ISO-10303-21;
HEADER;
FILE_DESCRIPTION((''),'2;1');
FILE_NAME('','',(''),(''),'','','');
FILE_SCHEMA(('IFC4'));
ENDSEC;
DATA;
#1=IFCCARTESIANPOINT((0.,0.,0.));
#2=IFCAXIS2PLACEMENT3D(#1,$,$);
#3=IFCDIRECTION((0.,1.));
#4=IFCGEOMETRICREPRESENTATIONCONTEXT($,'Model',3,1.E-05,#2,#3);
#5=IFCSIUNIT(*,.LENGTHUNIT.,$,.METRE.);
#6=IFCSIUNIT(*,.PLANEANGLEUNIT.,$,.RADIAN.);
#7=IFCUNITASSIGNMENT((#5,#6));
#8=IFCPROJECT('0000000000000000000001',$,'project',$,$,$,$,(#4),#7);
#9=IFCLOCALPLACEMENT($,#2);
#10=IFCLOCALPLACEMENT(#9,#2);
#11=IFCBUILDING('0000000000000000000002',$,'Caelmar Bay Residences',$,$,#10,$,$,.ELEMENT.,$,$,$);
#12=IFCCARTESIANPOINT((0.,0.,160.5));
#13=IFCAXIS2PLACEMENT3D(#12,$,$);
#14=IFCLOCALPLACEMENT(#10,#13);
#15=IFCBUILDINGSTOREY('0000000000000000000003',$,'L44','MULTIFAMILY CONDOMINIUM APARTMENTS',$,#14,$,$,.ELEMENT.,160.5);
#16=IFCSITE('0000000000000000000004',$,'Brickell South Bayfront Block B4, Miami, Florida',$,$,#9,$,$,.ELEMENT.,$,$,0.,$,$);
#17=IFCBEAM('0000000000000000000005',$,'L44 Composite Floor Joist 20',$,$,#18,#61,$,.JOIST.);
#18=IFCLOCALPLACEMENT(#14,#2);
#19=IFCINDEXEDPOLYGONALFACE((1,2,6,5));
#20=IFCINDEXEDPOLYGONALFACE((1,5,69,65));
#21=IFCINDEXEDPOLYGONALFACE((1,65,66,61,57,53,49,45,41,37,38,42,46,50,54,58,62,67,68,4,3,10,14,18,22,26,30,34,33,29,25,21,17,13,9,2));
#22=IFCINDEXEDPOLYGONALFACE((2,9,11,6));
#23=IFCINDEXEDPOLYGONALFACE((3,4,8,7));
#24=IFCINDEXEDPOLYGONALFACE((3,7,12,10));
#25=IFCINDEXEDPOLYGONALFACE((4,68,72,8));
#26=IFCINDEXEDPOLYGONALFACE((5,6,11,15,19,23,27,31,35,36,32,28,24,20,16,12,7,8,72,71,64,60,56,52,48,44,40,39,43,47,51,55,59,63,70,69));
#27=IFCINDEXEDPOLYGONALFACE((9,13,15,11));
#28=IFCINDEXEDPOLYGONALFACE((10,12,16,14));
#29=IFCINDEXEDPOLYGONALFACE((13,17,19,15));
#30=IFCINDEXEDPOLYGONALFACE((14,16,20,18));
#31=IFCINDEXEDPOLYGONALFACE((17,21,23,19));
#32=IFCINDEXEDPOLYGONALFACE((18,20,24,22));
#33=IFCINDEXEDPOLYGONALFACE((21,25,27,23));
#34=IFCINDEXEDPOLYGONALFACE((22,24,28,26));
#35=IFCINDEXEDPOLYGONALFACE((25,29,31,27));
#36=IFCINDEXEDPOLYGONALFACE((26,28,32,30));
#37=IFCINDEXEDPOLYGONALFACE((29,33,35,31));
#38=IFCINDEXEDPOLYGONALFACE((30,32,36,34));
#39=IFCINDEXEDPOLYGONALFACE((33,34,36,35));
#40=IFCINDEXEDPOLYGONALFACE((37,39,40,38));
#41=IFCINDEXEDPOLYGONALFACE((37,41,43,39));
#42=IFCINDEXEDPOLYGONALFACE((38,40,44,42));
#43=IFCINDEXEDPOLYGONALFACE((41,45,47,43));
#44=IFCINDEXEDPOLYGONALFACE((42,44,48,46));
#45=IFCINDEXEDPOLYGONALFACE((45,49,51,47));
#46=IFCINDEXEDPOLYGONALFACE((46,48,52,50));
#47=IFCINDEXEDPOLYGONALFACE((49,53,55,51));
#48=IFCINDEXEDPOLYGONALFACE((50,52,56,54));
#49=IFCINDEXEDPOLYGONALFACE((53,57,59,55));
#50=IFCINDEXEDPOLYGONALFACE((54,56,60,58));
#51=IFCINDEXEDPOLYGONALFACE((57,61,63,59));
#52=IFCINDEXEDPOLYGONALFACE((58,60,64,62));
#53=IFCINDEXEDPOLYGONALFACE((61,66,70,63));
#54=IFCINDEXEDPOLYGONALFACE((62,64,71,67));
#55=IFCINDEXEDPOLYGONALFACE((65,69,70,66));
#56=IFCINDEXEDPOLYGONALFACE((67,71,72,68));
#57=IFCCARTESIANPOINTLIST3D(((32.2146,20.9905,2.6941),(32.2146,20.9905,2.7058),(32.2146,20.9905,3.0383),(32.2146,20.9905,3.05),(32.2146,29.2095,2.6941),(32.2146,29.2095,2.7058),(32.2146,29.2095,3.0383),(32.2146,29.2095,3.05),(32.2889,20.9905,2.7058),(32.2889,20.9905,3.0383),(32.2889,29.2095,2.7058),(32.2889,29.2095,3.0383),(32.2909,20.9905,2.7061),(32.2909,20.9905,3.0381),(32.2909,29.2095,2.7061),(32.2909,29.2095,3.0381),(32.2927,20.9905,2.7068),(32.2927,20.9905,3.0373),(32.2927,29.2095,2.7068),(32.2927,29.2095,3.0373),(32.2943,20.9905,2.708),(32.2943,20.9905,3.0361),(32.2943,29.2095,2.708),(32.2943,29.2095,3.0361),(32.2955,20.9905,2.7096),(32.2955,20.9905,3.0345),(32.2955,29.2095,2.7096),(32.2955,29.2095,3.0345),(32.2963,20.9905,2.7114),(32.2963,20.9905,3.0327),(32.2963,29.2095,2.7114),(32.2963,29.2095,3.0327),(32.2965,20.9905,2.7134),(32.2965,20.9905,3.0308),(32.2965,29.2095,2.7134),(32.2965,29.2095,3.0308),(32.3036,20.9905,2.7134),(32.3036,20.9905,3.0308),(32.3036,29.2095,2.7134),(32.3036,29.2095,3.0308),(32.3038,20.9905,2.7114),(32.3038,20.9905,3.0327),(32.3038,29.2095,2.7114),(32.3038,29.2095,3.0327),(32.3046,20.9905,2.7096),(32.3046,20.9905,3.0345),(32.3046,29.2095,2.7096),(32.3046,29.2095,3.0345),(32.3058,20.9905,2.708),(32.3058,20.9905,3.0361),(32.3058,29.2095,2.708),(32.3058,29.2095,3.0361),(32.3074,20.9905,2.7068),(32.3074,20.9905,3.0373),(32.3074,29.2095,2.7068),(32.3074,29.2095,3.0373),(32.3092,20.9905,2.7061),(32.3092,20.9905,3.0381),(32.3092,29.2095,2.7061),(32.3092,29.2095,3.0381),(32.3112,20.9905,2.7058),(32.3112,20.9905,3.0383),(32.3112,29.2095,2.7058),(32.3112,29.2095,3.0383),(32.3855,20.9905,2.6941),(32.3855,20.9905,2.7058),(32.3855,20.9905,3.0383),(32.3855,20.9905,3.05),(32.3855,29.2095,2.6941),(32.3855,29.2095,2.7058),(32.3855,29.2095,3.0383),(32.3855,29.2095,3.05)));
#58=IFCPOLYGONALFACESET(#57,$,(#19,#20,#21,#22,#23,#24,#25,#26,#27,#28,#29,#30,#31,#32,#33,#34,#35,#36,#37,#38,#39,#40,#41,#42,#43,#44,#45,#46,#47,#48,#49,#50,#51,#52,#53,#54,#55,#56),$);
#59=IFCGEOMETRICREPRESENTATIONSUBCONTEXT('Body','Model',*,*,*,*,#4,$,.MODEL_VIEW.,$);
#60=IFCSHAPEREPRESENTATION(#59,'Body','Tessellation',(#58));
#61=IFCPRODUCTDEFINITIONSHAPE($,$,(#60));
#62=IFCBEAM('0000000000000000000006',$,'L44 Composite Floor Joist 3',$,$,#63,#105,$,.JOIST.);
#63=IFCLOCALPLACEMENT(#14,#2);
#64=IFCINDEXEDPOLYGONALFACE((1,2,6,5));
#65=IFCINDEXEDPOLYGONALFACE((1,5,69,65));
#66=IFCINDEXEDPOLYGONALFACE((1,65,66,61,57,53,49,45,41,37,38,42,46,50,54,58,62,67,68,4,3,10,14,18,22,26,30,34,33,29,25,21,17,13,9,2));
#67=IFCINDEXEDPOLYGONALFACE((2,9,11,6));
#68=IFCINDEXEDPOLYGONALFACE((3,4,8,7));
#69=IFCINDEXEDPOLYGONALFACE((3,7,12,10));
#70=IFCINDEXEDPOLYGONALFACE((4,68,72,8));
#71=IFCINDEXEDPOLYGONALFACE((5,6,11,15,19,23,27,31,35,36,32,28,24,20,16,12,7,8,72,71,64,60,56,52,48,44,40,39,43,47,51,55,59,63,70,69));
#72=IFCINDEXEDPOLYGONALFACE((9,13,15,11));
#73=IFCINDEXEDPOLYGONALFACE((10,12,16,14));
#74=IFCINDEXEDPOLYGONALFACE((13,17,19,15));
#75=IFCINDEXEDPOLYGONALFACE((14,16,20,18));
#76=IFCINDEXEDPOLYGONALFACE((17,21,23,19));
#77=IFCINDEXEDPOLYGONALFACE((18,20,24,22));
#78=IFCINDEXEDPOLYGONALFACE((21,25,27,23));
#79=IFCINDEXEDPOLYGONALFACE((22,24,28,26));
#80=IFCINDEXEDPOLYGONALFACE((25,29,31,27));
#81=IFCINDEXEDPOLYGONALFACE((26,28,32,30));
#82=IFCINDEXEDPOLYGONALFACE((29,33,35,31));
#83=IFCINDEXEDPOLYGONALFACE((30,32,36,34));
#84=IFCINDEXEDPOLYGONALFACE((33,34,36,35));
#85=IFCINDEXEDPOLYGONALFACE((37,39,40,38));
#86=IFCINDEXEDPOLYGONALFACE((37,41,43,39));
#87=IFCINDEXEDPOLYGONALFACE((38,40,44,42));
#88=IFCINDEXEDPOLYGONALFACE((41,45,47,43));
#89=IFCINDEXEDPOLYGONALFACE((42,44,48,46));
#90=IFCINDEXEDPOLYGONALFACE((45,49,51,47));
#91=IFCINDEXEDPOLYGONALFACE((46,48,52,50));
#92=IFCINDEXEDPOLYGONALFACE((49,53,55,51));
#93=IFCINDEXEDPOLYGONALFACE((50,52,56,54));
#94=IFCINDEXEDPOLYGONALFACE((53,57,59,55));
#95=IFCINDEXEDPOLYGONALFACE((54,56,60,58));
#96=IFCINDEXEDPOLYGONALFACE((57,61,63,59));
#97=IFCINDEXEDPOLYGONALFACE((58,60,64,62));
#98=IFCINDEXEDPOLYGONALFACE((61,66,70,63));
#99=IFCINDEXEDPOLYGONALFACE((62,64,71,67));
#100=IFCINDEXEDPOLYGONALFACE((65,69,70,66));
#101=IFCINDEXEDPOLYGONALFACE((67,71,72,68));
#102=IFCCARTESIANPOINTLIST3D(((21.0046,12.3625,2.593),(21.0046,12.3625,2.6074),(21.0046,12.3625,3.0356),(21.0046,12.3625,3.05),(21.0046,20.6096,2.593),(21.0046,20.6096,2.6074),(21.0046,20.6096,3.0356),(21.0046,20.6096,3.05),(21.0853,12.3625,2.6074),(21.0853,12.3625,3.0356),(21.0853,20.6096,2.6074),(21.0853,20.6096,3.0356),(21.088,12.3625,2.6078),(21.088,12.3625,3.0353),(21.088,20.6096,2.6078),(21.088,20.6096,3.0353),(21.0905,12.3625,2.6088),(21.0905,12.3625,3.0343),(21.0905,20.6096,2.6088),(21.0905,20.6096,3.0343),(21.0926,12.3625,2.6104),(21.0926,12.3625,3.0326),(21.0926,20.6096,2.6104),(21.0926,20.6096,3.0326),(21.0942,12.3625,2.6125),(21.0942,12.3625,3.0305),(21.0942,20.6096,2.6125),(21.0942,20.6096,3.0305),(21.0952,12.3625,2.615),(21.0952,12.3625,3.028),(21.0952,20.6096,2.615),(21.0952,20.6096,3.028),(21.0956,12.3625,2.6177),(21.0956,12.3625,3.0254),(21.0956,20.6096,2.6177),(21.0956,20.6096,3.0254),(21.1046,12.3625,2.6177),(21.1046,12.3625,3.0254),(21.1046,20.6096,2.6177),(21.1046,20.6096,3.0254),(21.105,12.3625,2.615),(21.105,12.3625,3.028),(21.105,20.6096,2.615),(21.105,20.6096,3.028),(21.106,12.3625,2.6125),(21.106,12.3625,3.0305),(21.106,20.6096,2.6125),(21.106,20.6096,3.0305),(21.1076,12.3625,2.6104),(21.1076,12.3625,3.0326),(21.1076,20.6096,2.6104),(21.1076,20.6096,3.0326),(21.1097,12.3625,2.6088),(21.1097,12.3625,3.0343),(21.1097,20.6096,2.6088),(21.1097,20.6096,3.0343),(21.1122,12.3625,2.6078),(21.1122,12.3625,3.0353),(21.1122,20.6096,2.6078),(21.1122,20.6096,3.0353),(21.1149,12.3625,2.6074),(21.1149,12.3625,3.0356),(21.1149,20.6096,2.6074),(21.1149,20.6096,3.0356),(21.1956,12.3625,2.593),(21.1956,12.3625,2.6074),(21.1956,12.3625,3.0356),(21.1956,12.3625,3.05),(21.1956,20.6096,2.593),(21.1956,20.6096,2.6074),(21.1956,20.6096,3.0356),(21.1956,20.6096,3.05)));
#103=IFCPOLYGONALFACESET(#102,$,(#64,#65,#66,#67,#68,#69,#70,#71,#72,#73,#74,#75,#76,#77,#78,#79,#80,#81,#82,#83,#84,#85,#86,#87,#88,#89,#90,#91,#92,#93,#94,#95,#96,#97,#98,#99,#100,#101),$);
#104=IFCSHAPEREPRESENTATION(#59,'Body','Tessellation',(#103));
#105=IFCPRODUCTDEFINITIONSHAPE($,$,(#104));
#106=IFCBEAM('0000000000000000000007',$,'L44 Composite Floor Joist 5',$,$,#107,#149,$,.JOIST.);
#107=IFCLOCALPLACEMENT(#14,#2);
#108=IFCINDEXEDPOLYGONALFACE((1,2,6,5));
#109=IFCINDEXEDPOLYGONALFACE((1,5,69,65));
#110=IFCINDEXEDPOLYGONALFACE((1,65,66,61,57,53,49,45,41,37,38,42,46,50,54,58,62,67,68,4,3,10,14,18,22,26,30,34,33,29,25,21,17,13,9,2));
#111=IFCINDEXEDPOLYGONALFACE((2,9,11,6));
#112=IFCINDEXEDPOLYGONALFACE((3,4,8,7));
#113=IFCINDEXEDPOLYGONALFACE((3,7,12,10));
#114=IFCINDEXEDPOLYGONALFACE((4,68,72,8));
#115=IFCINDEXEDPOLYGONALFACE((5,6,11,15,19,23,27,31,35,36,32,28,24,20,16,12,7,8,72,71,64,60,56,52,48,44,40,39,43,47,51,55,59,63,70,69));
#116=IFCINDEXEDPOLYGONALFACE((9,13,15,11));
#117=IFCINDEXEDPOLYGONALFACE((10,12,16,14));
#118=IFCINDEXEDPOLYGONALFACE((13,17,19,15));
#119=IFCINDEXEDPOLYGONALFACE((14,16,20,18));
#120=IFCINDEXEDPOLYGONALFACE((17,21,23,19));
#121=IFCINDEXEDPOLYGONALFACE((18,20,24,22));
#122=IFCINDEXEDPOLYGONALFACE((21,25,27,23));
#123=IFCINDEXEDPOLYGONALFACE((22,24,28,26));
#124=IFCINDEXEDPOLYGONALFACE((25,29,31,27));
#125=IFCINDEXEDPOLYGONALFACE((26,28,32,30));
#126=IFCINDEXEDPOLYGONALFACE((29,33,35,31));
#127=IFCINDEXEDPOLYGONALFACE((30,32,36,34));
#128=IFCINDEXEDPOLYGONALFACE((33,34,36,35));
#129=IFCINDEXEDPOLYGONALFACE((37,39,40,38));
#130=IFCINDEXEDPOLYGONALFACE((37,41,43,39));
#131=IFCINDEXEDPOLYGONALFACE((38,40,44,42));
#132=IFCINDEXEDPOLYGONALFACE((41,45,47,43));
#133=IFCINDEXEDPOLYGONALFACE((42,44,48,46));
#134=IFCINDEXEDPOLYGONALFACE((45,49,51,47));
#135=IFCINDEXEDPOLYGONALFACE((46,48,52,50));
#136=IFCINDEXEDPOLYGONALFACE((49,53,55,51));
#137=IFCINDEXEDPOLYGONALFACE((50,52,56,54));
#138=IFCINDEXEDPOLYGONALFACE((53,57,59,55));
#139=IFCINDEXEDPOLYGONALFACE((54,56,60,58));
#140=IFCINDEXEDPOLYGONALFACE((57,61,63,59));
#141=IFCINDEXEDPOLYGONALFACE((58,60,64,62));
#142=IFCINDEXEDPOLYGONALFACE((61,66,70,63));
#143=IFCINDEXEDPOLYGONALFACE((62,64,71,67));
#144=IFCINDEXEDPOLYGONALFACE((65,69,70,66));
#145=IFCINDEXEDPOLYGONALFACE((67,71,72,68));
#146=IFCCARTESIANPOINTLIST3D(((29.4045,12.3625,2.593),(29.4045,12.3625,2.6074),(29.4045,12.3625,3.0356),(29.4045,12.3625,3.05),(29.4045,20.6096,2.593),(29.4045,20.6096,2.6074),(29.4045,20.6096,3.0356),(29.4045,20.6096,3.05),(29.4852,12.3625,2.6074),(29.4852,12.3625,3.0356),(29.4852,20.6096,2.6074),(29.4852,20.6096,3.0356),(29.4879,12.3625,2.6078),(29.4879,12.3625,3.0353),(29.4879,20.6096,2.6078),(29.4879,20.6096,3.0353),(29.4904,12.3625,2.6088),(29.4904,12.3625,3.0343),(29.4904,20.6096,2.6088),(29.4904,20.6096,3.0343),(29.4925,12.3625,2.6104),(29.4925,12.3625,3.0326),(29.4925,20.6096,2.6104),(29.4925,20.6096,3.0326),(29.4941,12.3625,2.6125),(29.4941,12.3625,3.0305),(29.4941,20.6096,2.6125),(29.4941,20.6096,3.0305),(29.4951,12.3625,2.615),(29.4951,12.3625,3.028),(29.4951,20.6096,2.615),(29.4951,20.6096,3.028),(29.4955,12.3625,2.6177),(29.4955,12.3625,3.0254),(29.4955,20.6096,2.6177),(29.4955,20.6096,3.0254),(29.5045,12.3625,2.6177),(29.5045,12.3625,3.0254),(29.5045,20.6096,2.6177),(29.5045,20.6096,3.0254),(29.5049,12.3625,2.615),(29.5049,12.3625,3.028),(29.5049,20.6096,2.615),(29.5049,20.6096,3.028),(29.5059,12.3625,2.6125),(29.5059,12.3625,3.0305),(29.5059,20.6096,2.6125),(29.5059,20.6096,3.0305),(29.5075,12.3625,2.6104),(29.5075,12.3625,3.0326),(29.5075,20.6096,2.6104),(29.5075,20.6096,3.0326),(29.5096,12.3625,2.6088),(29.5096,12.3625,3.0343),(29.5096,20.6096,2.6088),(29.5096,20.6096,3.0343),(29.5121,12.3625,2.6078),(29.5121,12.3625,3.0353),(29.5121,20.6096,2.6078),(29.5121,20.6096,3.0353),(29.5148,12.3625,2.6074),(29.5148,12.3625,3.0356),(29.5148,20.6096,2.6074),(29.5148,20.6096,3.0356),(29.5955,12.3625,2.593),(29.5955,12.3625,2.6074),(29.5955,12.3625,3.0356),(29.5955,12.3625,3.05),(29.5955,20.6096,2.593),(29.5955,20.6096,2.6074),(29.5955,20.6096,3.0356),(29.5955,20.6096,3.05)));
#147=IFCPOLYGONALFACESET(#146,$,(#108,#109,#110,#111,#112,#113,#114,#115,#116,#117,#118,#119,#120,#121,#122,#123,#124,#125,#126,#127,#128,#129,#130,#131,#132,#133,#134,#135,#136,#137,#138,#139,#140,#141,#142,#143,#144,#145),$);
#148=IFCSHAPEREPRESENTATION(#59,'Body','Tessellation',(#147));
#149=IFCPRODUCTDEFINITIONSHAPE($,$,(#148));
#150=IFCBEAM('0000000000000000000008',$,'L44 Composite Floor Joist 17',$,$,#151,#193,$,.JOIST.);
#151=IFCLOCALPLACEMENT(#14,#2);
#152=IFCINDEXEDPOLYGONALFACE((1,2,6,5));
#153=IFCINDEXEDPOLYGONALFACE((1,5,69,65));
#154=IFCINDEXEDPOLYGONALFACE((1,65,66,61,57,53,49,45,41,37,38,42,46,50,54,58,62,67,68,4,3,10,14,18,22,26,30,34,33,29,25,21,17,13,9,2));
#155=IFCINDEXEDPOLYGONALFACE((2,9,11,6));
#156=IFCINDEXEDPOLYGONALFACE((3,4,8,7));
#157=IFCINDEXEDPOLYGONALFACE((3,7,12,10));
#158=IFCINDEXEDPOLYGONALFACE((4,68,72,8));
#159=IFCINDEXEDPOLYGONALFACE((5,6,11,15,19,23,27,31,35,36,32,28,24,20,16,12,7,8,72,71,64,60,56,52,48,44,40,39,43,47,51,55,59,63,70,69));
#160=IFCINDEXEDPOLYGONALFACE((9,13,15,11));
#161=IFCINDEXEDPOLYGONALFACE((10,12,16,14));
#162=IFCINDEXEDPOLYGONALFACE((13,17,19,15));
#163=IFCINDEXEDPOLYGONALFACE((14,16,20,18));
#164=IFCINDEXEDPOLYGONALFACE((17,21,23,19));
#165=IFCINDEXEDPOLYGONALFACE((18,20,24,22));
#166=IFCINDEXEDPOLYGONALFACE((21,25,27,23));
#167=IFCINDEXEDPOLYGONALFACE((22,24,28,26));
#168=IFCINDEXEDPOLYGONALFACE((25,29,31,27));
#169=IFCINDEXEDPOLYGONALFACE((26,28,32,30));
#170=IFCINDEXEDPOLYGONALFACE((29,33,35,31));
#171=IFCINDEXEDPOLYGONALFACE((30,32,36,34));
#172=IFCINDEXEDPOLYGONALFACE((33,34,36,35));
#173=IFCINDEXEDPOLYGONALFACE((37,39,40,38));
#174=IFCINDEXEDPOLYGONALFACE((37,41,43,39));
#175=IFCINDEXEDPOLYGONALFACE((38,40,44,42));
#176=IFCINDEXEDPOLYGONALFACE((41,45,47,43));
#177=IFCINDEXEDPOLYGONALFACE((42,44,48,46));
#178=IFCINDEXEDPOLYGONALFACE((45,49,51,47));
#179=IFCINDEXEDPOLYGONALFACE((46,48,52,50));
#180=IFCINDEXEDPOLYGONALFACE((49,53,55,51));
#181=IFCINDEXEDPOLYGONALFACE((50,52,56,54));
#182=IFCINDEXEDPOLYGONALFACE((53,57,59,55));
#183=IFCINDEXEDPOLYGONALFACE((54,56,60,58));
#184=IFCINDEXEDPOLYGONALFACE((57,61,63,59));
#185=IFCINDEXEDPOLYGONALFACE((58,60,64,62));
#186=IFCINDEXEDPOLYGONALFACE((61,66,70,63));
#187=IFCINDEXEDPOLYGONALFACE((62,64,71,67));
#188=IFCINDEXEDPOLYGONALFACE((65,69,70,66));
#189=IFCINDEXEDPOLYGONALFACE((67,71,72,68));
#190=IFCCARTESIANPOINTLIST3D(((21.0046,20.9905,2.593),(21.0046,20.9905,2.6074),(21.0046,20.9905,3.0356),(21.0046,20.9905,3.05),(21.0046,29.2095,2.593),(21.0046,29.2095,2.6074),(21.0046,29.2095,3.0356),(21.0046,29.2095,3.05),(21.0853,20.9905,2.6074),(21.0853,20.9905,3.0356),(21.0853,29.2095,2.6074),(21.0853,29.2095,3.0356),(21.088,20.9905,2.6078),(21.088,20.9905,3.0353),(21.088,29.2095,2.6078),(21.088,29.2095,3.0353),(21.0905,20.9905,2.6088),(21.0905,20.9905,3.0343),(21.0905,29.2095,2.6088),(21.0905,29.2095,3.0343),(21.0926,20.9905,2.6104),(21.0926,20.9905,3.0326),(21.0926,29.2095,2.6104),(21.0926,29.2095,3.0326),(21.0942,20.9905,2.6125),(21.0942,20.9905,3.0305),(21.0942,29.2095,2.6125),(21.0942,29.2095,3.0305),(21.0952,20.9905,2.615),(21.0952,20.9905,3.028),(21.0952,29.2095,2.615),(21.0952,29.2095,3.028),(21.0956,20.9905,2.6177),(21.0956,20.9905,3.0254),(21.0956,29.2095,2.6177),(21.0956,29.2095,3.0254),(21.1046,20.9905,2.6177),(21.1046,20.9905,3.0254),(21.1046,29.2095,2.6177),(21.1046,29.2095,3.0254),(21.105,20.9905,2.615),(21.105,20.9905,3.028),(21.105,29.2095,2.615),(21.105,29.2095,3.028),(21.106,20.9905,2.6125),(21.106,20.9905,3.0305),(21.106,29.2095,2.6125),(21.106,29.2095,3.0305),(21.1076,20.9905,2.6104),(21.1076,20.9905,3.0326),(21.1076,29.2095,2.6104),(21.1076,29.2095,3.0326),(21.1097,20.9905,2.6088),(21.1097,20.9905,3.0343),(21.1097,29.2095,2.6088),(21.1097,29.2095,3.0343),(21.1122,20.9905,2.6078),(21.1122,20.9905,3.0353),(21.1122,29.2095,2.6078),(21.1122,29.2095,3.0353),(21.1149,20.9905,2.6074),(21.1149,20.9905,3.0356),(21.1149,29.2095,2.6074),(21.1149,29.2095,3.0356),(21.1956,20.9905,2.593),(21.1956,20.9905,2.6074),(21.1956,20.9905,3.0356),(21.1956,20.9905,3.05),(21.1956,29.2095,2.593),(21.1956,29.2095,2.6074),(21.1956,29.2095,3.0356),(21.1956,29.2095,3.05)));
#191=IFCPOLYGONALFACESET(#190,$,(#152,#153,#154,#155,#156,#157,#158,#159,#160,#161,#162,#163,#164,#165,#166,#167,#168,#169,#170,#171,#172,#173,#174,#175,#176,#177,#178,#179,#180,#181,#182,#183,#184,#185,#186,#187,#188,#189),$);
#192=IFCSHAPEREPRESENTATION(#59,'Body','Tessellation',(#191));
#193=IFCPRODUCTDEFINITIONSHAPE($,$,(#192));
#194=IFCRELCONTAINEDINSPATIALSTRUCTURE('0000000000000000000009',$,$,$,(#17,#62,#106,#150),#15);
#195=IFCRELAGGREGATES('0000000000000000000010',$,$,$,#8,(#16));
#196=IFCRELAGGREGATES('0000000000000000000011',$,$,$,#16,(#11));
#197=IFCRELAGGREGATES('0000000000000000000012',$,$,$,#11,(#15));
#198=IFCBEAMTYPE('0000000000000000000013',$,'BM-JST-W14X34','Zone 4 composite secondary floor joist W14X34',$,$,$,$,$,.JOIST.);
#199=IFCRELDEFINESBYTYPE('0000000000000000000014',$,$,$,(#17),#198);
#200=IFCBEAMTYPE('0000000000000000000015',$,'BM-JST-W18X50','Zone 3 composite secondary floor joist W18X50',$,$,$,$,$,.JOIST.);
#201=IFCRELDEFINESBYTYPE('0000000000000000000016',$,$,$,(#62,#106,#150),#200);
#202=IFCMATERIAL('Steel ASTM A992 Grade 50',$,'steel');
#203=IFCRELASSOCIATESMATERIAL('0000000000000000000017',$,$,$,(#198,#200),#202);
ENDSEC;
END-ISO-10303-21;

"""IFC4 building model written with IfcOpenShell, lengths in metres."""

from ifc_helpers import new_model, si_unit, direction, frame, origin, origin_2d, place, context, subcontext, project, spatial, i_section, extrude, material, material_profile, profile_set, type_object, element, save


model = new_model("IFC4")

# Units and contexts
model_context = context("Model", 3, precision=1e-05, world=origin(), true_north=direction((0.0, 1.0)))
body_context = subcontext(model_context, "Body", "Model", "MODEL_VIEW")
ifc_project = project(units=[si_unit("LENGTHUNIT", "METRE"), si_unit("PLANEANGLEUNIT", "RADIAN")], contexts=[model_context])

# Site, building, storey
site_placement = place(None, origin())
site = spatial("IfcSite", under=ifc_project, at=site_placement, Name="Brickell South Bayfront Block B4, Miami, Florida", CompositionType="ELEMENT", RefElevation=0.0)
building_placement = place(site_placement, origin())
building = spatial("IfcBuilding", under=site, at=building_placement, Name="Caelmar Bay Residences", CompositionType="ELEMENT")
storey_placement = place(building_placement, frame((0.0, 0.0, 160.5)))
storey = spatial("IfcBuildingStorey", under=building, at=storey_placement, Name="L44", Description="MULTIFAMILY CONDOMINIUM APARTMENTS", CompositionType="ELEMENT", Elevation=160.5)

# Beams
ifc_material_1 = material(Name="Steel ASTM A992 Grade 50", Category="steel")
ifc_material_profile_1 = material_profile(ifc_material_1, i_section(OverallWidth=0.1709, OverallDepth=0.356, WebThickness=0.0071, FlangeThickness=0.0117, FilletRadius=0.0076, at=origin_2d()), Name="W14X34")
ifc_profile_set_1 = profile_set([ifc_material_profile_1], Name="Steel ASTM A992 Grade 50")
beam_type_1 = type_object("IfcBeamType", Name="BM-JST-W14X34", Description="Zone 4 composite secondary floor joist W14X34", PredefinedType="JOIST", material=ifc_profile_set_1)
for number, where, z_axis, x_axis, name in (
    (1, (32.3, 20.9905, 2.8721), (0.0, 1.0, 0.0), (-1.0, 0.0, 0.0), "L44 Composite Floor Joist 20"),
):
    element("IfcBeam", number, at=place(storey_placement, frame(where, z_axis=z_axis, x_axis=x_axis)), inside=storey, type_object=beam_type_1, Name=name, PredefinedType="JOIST", context=body_context, shape_type="SweptSolid", body=[
        extrude(i_section(OverallWidth=0.1709, OverallDepth=0.356, WebThickness=0.0071, FlangeThickness=0.0117, FilletRadius=0.0076, at=origin_2d()), origin(), (0.0, 0.0, 1.0), 8.219),
    ])
ifc_material_profile_2 = material_profile(ifc_material_1, i_section(OverallWidth=0.1909, OverallDepth=0.457, WebThickness=0.009, FlangeThickness=0.0144, FilletRadius=0.0103, at=origin_2d()), Name="W18X50")
ifc_profile_set_2 = profile_set([ifc_material_profile_2], Name="Steel ASTM A992 Grade 50")
beam_type_2 = type_object("IfcBeamType", Name="BM-JST-W18X50", Description="Zone 3 composite secondary floor joist W18X50", PredefinedType="JOIST", material=ifc_profile_set_2)
for number, where, z_axis, x_axis, name in (
    (2, (21.1001, 12.3625, 2.8215), (0.0, 1.0, 0.0), (-1.0, 0.0, 0.0), "L44 Composite Floor Joist 3"),
    (3, (29.5, 12.3625, 2.8215), (0.0, 1.0, 0.0), (-1.0, 0.0, 0.0), "L44 Composite Floor Joist 5"),
):
    element("IfcBeam", number, at=place(storey_placement, frame(where, z_axis=z_axis, x_axis=x_axis)), inside=storey, type_object=beam_type_2, Name=name, PredefinedType="JOIST", context=body_context, shape_type="SweptSolid", body=[
        extrude(i_section(OverallWidth=0.1909, OverallDepth=0.457, WebThickness=0.009, FlangeThickness=0.0144, FilletRadius=0.0103, at=origin_2d()), origin(), (0.0, 0.0, 1.0), 8.2471),
    ])
for number, where, z_axis, x_axis, name in (
    (4, (21.1001, 20.9905, 2.8215), (0.0, 1.0, 0.0), (-1.0, 0.0, 0.0), "L44 Composite Floor Joist 17"),
):
    element("IfcBeam", number, at=place(storey_placement, frame(where, z_axis=z_axis, x_axis=x_axis)), inside=storey, type_object=beam_type_2, Name=name, PredefinedType="JOIST", context=body_context, shape_type="SweptSolid", body=[
        extrude(i_section(OverallWidth=0.1909, OverallDepth=0.457, WebThickness=0.009, FlangeThickness=0.0144, FilletRadius=0.0103, at=origin_2d()), origin(), (0.0, 0.0, 1.0), 8.219),
    ])

save(model, "model.ifc")
